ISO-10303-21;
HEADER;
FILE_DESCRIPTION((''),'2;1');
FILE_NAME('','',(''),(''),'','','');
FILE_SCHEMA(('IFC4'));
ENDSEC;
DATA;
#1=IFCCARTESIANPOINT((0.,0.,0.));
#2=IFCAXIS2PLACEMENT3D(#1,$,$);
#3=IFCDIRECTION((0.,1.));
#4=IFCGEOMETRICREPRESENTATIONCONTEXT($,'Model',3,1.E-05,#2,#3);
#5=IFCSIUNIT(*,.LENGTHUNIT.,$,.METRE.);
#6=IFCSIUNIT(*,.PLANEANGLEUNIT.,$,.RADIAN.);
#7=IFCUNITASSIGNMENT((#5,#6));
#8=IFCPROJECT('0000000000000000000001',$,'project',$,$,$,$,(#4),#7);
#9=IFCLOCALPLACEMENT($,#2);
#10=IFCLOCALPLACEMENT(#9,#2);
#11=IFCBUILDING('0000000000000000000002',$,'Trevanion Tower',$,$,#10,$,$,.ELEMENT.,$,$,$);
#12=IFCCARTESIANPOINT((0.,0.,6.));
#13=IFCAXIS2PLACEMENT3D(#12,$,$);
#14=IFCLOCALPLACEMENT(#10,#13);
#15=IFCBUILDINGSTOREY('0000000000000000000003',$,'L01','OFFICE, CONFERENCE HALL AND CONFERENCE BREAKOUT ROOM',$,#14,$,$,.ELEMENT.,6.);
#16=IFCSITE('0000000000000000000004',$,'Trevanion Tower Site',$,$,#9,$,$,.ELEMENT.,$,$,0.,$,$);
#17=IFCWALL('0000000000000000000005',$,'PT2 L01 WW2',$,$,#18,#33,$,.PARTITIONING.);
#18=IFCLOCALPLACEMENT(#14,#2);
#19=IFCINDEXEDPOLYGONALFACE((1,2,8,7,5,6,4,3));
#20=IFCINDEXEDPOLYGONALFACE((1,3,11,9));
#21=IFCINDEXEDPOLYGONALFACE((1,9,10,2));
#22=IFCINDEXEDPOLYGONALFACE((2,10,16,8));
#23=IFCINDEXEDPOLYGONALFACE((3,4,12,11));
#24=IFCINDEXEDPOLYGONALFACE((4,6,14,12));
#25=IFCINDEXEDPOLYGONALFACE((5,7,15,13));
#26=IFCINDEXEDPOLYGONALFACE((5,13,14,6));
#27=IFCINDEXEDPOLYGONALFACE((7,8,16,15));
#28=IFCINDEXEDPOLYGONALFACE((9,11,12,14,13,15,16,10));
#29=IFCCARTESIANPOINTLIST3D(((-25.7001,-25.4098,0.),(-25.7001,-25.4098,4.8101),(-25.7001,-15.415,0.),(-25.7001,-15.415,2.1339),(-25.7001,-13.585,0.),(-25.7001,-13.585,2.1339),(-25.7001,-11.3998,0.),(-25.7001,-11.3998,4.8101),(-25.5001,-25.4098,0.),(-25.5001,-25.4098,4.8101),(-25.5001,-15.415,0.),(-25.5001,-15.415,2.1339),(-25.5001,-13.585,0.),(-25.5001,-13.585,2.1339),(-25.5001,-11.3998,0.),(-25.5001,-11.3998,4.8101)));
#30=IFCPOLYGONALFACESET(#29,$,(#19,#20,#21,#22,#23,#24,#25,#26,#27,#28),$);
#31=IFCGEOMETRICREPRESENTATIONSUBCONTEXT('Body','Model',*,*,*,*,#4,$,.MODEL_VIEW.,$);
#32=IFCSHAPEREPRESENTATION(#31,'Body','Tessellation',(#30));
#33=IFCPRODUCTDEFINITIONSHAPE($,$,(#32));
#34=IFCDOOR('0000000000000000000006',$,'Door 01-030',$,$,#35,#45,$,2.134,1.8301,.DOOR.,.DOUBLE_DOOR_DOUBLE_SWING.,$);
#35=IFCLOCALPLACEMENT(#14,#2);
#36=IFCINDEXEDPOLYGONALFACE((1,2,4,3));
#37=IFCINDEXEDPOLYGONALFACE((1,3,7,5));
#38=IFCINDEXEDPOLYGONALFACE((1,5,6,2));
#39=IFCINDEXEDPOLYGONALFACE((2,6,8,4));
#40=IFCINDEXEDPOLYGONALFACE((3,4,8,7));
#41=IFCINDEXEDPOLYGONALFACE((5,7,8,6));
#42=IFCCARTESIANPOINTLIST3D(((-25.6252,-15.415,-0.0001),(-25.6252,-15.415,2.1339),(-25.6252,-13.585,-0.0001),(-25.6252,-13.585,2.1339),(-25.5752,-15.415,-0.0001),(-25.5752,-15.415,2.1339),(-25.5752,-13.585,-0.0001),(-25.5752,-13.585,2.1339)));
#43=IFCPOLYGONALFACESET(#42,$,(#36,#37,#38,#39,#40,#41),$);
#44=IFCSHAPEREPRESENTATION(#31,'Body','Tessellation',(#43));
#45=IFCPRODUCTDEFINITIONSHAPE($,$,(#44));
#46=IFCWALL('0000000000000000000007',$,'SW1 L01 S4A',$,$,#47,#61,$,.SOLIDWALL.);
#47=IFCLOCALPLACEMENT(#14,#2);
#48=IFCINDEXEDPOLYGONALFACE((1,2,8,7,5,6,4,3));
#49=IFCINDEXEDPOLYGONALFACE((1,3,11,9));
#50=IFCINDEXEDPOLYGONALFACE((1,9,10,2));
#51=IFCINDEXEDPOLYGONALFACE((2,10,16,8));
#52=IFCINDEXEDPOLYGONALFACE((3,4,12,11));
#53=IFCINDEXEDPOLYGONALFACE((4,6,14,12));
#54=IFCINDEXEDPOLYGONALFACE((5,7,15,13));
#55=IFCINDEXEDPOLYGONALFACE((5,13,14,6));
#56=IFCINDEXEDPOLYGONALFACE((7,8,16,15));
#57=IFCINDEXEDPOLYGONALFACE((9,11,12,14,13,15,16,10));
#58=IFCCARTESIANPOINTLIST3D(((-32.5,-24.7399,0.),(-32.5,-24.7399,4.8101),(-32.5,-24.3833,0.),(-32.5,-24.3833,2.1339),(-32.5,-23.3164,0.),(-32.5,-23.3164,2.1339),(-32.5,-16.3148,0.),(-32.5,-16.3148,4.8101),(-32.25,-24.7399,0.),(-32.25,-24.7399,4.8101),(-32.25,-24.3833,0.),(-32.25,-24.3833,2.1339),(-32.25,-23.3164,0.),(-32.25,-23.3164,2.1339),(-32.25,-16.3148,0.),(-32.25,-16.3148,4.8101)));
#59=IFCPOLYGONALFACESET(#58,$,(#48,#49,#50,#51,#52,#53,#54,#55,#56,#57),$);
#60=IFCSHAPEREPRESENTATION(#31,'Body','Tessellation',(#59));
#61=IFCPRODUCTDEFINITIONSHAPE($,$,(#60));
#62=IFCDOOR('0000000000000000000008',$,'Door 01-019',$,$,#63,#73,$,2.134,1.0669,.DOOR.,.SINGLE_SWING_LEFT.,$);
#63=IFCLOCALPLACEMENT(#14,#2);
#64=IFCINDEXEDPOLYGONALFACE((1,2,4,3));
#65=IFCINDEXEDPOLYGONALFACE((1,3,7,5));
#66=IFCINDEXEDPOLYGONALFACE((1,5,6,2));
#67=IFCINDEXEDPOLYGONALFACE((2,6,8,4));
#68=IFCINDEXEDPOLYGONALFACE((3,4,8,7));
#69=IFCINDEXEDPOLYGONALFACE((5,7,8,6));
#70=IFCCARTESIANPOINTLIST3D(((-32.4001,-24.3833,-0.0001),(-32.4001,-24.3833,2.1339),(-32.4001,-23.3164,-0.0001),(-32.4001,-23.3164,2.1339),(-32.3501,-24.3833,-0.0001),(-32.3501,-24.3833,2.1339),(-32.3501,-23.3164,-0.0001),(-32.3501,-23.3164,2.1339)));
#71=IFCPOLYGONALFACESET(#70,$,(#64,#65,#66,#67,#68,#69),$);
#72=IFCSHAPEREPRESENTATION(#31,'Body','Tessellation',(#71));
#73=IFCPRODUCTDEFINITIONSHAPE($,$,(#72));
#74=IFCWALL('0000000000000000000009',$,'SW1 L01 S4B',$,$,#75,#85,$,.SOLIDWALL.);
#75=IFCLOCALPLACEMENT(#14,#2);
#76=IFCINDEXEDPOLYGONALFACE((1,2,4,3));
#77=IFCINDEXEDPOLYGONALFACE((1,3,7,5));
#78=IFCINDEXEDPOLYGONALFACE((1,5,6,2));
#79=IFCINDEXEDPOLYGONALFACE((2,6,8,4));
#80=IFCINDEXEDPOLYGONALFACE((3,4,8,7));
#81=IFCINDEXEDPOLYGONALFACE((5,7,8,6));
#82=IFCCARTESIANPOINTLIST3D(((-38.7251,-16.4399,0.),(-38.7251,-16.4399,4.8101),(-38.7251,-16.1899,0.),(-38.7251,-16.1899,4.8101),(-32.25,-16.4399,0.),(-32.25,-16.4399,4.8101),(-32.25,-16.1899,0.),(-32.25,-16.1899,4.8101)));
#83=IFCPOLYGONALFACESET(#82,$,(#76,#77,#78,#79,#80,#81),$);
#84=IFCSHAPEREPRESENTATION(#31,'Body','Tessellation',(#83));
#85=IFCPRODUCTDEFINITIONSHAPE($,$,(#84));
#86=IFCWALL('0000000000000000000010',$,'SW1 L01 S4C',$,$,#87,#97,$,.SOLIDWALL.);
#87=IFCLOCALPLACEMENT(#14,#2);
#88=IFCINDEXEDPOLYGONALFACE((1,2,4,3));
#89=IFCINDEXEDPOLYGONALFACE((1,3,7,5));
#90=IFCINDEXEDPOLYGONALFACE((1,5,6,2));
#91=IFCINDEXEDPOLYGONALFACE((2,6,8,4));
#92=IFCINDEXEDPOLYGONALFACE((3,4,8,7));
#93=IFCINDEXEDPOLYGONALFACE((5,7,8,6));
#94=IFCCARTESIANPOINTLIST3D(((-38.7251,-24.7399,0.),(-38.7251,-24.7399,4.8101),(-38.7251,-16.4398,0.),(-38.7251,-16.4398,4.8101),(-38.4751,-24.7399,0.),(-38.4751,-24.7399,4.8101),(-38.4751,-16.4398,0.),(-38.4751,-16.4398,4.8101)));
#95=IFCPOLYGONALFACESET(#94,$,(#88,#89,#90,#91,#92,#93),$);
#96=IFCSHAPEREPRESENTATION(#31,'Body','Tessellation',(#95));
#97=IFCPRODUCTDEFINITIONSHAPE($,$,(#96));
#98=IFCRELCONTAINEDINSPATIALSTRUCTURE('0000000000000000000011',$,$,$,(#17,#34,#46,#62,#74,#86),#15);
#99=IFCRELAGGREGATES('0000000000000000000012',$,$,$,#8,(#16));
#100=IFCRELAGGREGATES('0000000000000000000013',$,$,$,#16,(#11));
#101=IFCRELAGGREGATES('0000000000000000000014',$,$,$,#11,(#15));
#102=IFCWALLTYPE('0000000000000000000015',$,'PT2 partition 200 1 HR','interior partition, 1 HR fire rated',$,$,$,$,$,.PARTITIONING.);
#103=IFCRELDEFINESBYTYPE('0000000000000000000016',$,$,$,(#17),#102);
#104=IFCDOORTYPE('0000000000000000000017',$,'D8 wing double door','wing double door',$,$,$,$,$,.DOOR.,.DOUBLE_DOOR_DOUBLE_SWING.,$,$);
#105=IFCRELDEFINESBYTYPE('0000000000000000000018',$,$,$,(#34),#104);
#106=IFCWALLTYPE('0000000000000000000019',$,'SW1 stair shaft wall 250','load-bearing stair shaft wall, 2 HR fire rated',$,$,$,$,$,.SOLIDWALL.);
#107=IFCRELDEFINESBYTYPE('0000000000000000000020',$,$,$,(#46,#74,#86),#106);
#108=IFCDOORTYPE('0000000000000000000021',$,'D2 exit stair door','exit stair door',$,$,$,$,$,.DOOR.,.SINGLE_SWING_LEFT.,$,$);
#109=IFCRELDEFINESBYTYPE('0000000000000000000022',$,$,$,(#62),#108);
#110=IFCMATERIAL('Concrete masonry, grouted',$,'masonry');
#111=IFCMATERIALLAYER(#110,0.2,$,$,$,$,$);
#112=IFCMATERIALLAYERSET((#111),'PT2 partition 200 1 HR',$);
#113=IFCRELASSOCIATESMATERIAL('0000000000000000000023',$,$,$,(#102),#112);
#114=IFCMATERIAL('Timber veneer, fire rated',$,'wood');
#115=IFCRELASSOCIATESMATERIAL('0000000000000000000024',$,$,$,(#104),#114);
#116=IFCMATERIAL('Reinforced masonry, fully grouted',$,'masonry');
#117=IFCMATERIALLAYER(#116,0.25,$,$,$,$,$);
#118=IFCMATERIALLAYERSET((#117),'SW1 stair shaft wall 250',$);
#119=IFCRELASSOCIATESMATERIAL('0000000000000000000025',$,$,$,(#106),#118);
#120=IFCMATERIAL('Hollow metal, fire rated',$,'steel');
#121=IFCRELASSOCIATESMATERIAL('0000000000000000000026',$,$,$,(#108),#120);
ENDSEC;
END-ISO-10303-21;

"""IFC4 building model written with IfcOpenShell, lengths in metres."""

from ifc_helpers import new_model, si_unit, direction, frame, frame_2d, origin, place, context, subcontext, project, spatial, rectangle, extrude, material, layer, layer_set, type_object, element, fill, save


model = new_model("IFC4")

# Units and contexts
model_context = context("Model", 3, precision=1e-05, world=origin(), true_north=direction((0.0, 1.0)))
body_context = subcontext(model_context, "Body", "Model", "MODEL_VIEW")
ifc_project = project(units=[si_unit("LENGTHUNIT", "METRE"), si_unit("PLANEANGLEUNIT", "RADIAN")], contexts=[model_context])

# Site, building, storey
site_placement = place(None, origin())
site = spatial("IfcSite", under=ifc_project, at=site_placement, Name="Trevanion Tower Site", CompositionType="ELEMENT", RefElevation=0.0)
building_placement = place(site_placement, origin())
building = spatial("IfcBuilding", under=site, at=building_placement, Name="Trevanion Tower", CompositionType="ELEMENT")
storey_placement = place(building_placement, frame((0.0, 0.0, 6.0)))
storey = spatial("IfcBuildingStorey", under=building, at=storey_placement, Name="L01", Description="OFFICE, CONFERENCE HALL AND CONFERENCE BREAKOUT ROOM", CompositionType="ELEMENT", Elevation=6.0)

# Walls, openings, doors
ifc_material_1 = material(Name="Concrete masonry, grouted", Category="masonry")
ifc_layer_1 = layer(ifc_material_1, 0.2)
ifc_layer_set_1 = layer_set([ifc_layer_1], Name="PT2 partition 200 1 HR")
wall_type_1 = type_object("IfcWallType", Name="PT2 partition 200 1 HR", Description="interior partition, 1 HR fire rated", PredefinedType="PARTITIONING", material=ifc_layer_set_1)
wall_1_placement = place(storey_placement, frame((-25.6001, -11.3999, 0.0), z_axis=(0.0, 0.0, 1.0), x_axis=(0.0, -1.0, 0.0)))
wall_1 = element("IfcWall", 1, at=wall_1_placement, inside=storey, type_object=wall_type_1, Name="PT2 L01 WW2", PredefinedType="PARTITIONING", context=body_context, shape_type="SweptSolid", body=[
    extrude(rectangle(XDim=14.01, YDim=0.2, at=frame_2d((7.0049, 0.0))), origin(), (0.0, 0.0, 1.0), 4.8101),
])
opening_1_placement = place(wall_1_placement, frame((2.1851, 0.0, 0.0)))
opening_1 = element("IfcOpeningElement", 2, at=opening_1_placement, cuts=wall_1, PredefinedType="OPENING", context=body_context, shape_type="SweptSolid", body=[
    extrude(rectangle(XDim=1.8301, YDim=2.134, at=frame_2d((0.915, 1.0669))), frame((0.0, 0.1099, 0.0), z_axis=(0.0, -1.0, 0.0), x_axis=(1.0, 0.0, 0.0)), (0.0, 0.0, 1.0), 0.22),
])
ifc_material_2 = material(Name="Timber veneer, fire rated", Category="wood")
door_type_1 = type_object("IfcDoorType", Name="D8 wing double door", Description="wing double door", OperationType="DOUBLE_DOOR_DOUBLE_SWING", PredefinedType="DOOR", material=ifc_material_2)
door_1_placement = place(opening_1_placement, origin())
door_1 = element("IfcDoor", 3, at=door_1_placement, inside=storey, type_object=door_type_1, Name="Door 01-030", OperationType="DOUBLE_DOOR_DOUBLE_SWING", OverallHeight=2.134, OverallWidth=1.8301, PredefinedType="DOOR", context=body_context, shape_type="SweptSolid", body=[
    extrude(rectangle(XDim=1.8301, YDim=2.134, at=frame_2d((0.915, 1.0669))), frame((0.0, 0.0249, 0.0), z_axis=(0.0, -1.0, 0.0), x_axis=(1.0, 0.0, 0.0)), (0.0, 0.0, 1.0), 0.05),
])
fill(opening_1, door_1)
ifc_material_3 = material(Name="Reinforced masonry, fully grouted", Category="masonry")
ifc_layer_2 = layer(ifc_material_3, 0.25)
ifc_layer_set_2 = layer_set([ifc_layer_2], Name="SW1 stair shaft wall 250")
wall_type_2 = type_object("IfcWallType", Name="SW1 stair shaft wall 250", Description="load-bearing stair shaft wall, 2 HR fire rated", PredefinedType="SOLIDWALL", material=ifc_layer_set_2)
wall_2_placement = place(storey_placement, frame((-32.375, -16.3149, 0.0), z_axis=(0.0, 0.0, 1.0), x_axis=(0.0, -1.0, 0.0)))
wall_2 = element("IfcWall", 4, at=wall_2_placement, inside=storey, type_object=wall_type_2, Name="SW1 L01 S4A", PredefinedType="SOLIDWALL", context=body_context, shape_type="SweptSolid", body=[
    extrude(rectangle(XDim=8.425, YDim=0.25, at=frame_2d((4.2124, 0.0))), origin(), (0.0, 0.0, 1.0), 4.8101),
])
opening_2_placement = place(wall_2_placement, frame((7.0015, 0.0, 0.0)))
opening_2 = element("IfcOpeningElement", 5, at=opening_2_placement, cuts=wall_2, PredefinedType="OPENING", context=body_context, shape_type="SweptSolid", body=[
    extrude(rectangle(XDim=1.0669, YDim=2.134, at=frame_2d((0.5334, 1.0669))), frame((0.0, 0.135, 0.0), z_axis=(0.0, -1.0, 0.0), x_axis=(1.0, 0.0, 0.0)), (0.0, 0.0, 1.0), 0.27),
])
ifc_material_4 = material(Name="Hollow metal, fire rated", Category="steel")
door_type_2 = type_object("IfcDoorType", Name="D2 exit stair door", Description="exit stair door", OperationType="SINGLE_SWING_LEFT", PredefinedType="DOOR", material=ifc_material_4)
door_2_placement = place(opening_2_placement, origin())
door_2 = element("IfcDoor", 6, at=door_2_placement, inside=storey, type_object=door_type_2, Name="Door 01-019", OperationType="SINGLE_SWING_LEFT", OverallHeight=2.134, OverallWidth=1.0669, PredefinedType="DOOR", context=body_context, shape_type="SweptSolid", body=[
    extrude(rectangle(XDim=1.0669, YDim=2.134, at=frame_2d((0.5334, 1.0669))), frame((0.0, 0.0249, 0.0), z_axis=(0.0, -1.0, 0.0), x_axis=(1.0, 0.0, 0.0)), (0.0, 0.0, 1.0), 0.05),
])
fill(opening_2, door_2)

# Walls
wall_3_placement = place(storey_placement, frame((-32.25, -16.3149, 0.0), z_axis=(0.0, 0.0, 1.0), x_axis=(-1.0, 0.0, 0.0)))
element("IfcWall", 7, at=wall_3_placement, inside=storey, type_object=wall_type_2, Name="SW1 L01 S4B", PredefinedType="SOLIDWALL", context=body_context, shape_type="SweptSolid", body=[
    extrude(rectangle(XDim=6.4751, YDim=0.25, at=frame_2d((3.2375, 0.0))), origin(), (0.0, 0.0, 1.0), 4.8101),
])
wall_4_placement = place(storey_placement, frame((-38.6001, -16.4399, 0.0), z_axis=(0.0, 0.0, 1.0), x_axis=(0.0, -1.0, 0.0)))
element("IfcWall", 8, at=wall_4_placement, inside=storey, type_object=wall_type_2, Name="SW1 L01 S4C", PredefinedType="SOLIDWALL", context=body_context, shape_type="SweptSolid", body=[
    extrude(rectangle(XDim=8.3, YDim=0.25, at=frame_2d((4.1499, 0.0))), origin(), (0.0, 0.0, 1.0), 4.8101),
])

save(model, "model.ifc")
